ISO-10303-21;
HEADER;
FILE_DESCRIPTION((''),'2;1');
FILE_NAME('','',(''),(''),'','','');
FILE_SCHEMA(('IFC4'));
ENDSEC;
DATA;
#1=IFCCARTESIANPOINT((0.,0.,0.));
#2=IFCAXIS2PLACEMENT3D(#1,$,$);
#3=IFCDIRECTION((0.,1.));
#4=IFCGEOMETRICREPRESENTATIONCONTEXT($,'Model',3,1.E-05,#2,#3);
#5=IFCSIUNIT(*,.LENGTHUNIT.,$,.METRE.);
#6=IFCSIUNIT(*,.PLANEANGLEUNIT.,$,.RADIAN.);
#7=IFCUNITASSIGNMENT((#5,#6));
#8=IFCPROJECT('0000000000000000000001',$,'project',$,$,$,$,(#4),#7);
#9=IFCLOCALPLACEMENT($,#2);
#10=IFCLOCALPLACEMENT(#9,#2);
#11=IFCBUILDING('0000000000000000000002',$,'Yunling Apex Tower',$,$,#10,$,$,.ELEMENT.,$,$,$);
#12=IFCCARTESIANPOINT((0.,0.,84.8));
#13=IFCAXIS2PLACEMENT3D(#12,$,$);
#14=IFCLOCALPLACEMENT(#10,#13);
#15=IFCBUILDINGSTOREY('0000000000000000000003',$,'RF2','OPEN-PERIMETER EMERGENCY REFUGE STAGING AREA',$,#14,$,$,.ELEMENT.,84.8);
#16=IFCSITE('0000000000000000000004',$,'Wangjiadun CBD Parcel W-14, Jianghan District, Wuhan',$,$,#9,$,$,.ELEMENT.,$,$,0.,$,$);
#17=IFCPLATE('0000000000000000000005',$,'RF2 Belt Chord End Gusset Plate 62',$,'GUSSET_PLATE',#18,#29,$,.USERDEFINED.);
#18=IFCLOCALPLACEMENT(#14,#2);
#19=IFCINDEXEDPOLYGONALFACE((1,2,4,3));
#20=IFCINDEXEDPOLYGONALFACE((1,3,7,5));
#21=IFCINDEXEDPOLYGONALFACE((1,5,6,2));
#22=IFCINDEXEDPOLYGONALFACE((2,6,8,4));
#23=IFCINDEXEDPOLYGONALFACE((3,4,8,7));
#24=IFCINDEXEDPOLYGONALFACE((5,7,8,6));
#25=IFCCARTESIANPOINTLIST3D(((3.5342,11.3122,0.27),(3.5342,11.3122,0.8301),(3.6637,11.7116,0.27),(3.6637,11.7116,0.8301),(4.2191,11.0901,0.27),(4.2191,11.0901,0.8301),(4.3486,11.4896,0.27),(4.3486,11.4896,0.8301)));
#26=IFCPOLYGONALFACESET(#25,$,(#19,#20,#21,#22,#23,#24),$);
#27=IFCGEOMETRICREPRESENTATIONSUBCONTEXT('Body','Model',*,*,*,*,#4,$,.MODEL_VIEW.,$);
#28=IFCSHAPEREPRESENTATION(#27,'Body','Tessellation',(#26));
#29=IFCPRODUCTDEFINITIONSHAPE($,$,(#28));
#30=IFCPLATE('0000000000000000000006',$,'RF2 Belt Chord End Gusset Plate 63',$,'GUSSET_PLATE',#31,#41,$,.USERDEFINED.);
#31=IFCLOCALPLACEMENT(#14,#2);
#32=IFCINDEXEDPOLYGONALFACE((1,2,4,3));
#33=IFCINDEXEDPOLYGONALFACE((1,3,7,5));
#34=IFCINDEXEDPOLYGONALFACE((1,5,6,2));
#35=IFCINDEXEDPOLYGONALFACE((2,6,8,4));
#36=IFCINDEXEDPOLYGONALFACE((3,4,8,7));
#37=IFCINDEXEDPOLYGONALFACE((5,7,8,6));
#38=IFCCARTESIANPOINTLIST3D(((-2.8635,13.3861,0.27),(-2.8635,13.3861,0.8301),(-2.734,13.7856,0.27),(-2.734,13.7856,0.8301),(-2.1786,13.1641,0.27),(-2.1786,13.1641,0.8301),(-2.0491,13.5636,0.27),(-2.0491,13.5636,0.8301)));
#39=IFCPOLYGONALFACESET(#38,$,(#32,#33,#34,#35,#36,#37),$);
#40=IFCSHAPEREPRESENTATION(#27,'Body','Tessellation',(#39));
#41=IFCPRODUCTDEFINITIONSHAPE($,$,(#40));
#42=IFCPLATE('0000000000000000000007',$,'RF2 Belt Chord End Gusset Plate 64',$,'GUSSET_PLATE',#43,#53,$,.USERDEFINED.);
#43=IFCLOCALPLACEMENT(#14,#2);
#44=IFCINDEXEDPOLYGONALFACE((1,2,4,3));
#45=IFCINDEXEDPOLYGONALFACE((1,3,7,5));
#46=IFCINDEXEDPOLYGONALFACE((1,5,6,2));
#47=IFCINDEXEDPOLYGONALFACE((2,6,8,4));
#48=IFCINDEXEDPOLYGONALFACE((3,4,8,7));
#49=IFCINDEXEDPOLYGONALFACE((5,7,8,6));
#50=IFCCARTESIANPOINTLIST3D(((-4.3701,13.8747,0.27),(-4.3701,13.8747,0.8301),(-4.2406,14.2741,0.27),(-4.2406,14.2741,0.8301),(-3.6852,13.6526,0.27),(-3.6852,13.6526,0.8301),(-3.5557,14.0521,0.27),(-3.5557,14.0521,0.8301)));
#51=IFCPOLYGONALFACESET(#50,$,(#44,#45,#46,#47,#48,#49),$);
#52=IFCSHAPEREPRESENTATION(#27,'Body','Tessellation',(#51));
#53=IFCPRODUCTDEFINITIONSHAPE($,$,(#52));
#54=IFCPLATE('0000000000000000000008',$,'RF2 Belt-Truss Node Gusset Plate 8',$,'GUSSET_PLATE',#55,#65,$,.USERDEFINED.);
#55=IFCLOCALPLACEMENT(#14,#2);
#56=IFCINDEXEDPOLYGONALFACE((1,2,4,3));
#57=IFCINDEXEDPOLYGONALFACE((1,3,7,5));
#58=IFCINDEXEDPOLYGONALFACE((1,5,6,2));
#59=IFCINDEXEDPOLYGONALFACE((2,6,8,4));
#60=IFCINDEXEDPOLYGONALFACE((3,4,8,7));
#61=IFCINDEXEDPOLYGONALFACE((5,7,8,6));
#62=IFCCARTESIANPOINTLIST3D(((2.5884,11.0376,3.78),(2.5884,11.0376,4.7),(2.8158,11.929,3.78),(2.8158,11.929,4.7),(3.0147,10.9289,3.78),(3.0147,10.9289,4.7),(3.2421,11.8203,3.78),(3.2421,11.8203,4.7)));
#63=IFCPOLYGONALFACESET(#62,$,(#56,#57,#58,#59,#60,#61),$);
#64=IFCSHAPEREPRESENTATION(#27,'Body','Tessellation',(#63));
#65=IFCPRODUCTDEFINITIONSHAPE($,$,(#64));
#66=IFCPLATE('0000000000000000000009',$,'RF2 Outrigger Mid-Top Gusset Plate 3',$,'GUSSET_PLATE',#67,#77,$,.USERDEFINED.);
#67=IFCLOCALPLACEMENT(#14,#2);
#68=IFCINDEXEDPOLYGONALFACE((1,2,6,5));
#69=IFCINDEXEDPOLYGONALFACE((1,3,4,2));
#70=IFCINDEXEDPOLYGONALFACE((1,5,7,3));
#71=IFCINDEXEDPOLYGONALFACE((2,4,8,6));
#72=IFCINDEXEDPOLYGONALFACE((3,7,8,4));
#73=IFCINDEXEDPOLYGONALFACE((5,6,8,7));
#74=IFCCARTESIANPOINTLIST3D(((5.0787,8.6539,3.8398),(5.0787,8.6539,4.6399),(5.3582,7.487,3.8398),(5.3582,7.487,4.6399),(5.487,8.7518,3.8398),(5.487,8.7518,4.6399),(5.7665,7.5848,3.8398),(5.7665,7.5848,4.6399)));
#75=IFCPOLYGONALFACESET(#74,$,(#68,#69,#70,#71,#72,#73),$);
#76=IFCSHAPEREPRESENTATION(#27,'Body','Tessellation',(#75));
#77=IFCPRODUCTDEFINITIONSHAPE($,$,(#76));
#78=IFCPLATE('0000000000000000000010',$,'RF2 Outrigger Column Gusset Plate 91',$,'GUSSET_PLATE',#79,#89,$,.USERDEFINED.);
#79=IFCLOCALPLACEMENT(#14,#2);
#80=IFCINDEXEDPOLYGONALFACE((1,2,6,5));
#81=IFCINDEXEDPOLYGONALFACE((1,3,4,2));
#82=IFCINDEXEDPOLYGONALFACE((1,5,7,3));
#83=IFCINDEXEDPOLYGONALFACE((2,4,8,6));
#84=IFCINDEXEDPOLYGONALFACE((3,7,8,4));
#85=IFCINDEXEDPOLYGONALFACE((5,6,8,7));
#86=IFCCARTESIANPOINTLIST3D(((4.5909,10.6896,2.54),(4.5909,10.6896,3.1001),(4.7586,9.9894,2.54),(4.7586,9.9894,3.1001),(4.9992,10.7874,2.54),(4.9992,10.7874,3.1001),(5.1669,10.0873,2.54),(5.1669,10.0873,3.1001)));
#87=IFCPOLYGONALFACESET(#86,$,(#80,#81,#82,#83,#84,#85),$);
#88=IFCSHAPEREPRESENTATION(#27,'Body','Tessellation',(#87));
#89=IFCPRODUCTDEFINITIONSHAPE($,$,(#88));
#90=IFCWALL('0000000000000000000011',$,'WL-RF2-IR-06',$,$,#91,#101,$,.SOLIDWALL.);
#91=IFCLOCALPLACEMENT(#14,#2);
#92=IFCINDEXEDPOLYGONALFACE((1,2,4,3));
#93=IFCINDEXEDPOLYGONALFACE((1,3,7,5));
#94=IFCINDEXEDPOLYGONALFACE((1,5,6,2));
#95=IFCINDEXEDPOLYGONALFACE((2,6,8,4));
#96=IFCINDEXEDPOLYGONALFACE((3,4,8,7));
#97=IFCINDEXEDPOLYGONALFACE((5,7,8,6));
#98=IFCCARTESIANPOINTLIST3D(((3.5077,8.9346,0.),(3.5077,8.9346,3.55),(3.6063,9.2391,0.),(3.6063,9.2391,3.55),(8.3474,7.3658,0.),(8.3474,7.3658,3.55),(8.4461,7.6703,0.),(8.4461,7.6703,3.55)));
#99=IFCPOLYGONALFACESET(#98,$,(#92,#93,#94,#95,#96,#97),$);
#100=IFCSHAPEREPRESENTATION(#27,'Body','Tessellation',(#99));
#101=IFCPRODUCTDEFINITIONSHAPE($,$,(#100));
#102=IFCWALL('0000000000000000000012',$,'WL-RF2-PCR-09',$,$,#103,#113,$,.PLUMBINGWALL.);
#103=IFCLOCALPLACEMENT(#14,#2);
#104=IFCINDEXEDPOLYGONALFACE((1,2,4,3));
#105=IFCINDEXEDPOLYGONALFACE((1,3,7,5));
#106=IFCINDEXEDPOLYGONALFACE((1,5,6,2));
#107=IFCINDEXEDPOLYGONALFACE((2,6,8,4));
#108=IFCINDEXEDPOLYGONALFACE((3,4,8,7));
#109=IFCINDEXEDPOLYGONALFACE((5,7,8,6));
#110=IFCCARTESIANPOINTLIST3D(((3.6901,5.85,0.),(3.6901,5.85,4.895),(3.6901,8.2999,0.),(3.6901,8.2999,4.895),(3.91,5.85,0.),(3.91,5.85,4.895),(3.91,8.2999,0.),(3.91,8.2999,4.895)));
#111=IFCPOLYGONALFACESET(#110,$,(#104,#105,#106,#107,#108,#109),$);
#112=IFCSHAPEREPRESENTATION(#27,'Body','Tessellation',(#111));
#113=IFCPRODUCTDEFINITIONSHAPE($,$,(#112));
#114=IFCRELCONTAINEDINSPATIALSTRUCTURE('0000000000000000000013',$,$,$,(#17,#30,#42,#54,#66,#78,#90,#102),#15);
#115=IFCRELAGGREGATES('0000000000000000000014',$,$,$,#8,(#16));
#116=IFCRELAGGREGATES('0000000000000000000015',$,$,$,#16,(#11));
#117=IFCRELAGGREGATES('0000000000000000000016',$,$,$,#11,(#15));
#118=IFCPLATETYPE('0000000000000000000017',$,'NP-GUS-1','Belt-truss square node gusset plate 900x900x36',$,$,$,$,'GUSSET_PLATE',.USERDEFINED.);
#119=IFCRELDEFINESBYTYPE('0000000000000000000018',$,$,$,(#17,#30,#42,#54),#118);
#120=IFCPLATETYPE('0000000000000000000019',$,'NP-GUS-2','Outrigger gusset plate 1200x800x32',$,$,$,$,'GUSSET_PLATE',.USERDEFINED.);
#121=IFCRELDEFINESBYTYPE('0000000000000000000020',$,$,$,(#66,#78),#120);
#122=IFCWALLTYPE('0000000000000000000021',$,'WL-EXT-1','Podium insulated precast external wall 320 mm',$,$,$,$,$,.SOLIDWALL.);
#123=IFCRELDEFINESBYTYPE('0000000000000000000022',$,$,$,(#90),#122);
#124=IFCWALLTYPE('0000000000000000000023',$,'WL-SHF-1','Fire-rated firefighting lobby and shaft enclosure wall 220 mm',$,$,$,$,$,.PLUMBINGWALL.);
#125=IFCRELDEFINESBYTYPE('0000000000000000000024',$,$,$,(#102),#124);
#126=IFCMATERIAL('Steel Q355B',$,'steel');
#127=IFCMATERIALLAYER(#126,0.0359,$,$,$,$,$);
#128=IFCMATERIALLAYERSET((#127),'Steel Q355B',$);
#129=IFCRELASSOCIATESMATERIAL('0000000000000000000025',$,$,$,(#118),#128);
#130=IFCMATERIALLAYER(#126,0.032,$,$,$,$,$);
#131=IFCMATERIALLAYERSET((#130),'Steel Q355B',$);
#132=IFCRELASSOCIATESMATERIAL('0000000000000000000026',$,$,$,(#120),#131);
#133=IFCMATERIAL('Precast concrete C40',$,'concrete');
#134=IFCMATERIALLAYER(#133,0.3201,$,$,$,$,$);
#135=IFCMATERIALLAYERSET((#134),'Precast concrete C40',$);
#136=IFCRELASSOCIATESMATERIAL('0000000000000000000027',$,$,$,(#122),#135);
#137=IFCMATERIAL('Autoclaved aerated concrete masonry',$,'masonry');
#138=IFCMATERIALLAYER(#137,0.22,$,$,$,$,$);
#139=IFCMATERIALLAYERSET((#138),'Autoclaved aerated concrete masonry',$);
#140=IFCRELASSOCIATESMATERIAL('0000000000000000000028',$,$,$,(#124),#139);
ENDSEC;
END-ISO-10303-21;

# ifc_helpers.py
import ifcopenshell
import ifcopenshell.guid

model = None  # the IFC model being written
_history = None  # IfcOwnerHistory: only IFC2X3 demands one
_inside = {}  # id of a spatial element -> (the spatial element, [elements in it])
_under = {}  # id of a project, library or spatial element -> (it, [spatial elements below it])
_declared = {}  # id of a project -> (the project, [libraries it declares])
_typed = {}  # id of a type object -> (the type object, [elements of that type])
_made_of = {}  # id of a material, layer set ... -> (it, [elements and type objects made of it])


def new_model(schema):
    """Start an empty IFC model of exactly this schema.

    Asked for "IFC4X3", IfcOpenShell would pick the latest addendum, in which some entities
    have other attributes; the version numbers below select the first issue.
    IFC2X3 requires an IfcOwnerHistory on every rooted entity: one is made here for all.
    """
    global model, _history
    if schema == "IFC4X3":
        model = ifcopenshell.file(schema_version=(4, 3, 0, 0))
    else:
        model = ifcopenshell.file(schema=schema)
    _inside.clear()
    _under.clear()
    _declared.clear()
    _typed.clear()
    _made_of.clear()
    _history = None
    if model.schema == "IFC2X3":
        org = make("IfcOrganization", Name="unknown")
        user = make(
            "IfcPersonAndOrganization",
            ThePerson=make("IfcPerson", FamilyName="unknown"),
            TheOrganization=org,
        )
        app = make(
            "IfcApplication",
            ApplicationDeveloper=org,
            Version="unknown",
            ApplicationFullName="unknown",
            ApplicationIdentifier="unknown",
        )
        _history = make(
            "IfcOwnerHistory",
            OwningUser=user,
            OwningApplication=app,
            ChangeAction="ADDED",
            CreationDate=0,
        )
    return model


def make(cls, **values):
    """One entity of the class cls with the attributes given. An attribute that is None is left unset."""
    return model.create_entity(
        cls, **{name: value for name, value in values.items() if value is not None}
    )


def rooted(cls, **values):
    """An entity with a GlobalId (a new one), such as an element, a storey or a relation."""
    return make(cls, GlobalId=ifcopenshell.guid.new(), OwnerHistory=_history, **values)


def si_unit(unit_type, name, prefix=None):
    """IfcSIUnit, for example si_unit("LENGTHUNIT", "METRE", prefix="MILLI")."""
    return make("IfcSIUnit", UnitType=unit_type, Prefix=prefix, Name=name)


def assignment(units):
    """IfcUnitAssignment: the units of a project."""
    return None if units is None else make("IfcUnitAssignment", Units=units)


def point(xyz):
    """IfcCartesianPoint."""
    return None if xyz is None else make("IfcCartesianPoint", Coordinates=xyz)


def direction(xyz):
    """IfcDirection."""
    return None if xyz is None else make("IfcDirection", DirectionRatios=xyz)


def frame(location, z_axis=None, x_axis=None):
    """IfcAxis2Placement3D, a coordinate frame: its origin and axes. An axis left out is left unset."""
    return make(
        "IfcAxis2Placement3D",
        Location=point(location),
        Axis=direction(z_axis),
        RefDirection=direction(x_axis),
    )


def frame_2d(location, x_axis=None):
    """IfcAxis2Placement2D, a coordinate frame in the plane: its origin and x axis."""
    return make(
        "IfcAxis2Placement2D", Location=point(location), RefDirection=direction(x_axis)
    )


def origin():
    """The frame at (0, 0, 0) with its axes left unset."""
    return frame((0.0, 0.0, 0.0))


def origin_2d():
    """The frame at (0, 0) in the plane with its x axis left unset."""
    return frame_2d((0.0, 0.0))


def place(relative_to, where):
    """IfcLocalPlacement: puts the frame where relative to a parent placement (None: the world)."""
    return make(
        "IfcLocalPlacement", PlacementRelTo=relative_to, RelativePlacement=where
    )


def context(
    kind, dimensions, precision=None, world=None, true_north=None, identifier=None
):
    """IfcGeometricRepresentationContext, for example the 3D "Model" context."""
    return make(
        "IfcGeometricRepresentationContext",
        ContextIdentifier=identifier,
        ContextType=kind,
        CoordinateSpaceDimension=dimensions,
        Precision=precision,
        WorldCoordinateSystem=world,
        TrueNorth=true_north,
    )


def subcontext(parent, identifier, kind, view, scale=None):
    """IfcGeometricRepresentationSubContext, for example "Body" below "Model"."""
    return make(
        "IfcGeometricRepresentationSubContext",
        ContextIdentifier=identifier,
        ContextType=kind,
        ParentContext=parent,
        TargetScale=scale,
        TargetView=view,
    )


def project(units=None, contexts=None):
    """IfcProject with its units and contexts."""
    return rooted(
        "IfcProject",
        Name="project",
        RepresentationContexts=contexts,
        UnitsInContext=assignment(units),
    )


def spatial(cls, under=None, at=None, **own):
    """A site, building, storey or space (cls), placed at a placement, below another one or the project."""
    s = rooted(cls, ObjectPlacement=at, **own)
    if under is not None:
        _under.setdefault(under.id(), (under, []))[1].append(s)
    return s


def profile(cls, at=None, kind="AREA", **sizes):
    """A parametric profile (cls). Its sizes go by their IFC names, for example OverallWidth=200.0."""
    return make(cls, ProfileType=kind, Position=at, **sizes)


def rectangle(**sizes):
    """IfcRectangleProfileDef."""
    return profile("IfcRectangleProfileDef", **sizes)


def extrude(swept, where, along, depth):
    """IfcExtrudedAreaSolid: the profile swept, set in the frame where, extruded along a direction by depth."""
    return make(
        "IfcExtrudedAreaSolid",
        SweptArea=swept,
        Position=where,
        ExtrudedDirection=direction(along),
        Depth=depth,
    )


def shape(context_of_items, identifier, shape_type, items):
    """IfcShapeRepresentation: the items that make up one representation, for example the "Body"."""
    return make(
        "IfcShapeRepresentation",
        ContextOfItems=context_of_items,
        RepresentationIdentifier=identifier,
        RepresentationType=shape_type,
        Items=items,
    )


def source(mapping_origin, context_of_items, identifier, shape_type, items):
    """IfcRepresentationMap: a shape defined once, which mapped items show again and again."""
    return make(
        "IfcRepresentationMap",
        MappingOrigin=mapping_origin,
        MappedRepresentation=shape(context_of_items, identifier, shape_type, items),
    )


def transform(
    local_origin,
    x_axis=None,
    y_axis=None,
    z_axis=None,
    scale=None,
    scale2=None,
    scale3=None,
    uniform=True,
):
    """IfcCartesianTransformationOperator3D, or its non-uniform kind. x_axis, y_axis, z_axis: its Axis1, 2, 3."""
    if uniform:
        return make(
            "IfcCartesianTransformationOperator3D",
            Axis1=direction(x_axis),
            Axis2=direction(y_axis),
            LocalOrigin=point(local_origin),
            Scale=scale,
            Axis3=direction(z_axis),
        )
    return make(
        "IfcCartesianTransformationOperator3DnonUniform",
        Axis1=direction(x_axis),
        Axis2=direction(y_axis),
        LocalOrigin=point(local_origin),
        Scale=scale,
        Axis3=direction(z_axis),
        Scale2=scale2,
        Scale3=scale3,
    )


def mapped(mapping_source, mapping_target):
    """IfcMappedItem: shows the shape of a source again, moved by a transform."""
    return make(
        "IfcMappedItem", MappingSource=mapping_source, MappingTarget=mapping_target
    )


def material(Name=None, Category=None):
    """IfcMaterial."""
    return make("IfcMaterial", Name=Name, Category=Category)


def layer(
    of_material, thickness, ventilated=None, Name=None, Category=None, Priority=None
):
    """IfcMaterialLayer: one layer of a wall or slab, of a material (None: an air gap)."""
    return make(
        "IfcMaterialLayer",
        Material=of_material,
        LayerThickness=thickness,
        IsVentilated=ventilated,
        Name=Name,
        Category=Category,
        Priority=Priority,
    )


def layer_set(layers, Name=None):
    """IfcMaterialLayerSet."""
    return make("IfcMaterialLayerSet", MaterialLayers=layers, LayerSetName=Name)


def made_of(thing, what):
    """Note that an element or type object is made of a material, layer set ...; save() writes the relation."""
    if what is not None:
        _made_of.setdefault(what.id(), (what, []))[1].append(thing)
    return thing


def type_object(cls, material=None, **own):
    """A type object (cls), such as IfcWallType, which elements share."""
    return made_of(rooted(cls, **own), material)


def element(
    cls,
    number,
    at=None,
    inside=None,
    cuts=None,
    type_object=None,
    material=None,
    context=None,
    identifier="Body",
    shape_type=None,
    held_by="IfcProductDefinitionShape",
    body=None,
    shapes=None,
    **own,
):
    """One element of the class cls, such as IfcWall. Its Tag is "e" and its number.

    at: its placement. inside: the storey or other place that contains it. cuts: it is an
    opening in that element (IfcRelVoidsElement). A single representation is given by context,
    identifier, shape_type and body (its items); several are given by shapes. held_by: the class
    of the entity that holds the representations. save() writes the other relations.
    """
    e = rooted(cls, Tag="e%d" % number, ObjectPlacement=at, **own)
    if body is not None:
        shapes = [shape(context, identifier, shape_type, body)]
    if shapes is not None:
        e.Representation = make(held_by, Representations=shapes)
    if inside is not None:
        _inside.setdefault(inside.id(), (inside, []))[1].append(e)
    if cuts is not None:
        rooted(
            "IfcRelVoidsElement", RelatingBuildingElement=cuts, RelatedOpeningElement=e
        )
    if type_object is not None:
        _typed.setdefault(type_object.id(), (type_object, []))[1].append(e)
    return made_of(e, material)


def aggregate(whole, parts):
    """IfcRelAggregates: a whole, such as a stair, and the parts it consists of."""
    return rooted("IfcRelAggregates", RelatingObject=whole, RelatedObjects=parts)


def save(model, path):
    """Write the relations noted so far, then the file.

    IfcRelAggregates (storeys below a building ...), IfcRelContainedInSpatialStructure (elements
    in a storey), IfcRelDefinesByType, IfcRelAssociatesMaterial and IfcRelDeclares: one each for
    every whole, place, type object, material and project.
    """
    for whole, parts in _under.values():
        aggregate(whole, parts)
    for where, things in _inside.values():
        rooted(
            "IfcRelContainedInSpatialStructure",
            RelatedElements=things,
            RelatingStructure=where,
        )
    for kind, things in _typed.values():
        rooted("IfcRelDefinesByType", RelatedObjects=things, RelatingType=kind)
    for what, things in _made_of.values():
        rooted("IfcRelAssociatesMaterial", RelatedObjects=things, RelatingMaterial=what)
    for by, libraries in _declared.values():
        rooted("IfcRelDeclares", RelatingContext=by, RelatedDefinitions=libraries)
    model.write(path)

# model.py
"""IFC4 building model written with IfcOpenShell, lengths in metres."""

from ifc_helpers import new_model, si_unit, direction, frame, frame_2d, origin, origin_2d, place, context, subcontext, project, spatial, rectangle, extrude, source, transform, mapped, material, layer, layer_set, type_object, element, save


model = new_model("IFC4")

# Units and contexts
model_context = context("Model", 3, precision=1e-05, world=origin(), true_north=direction((0.0, 1.0)))
body_context = subcontext(model_context, "Body", "Model", "MODEL_VIEW")
ifc_project = project(units=[si_unit("LENGTHUNIT", "METRE"), si_unit("PLANEANGLEUNIT", "RADIAN")], contexts=[model_context])

# Site, building, storey
site_placement = place(None, origin())
site = spatial("IfcSite", under=ifc_project, at=site_placement, Name="Wangjiadun CBD Parcel W-14, Jianghan District, Wuhan", CompositionType="ELEMENT", RefElevation=0.0)
building_placement = place(site_placement, origin())
building = spatial("IfcBuilding", under=site, at=building_placement, Name="Yunling Apex Tower", CompositionType="ELEMENT")
storey_placement = place(building_placement, frame((0.0, 0.0, 84.8)))
storey = spatial("IfcBuildingStorey", under=building, at=storey_placement, Name="RF2", Description="OPEN-PERIMETER EMERGENCY REFUGE STAGING AREA", CompositionType="ELEMENT", Elevation=84.8)

# Shared definitions
ifc_material_1 = material(Name="Steel Q355B", Category="steel")

# Plates
ifc_layer_1 = layer(ifc_material_1, 0.0359)
ifc_layer_set_1 = layer_set([ifc_layer_1], Name="Steel Q355B")
plate_type_1 = type_object("IfcPlateType", Name="NP-GUS-1", Description="Belt-truss square node gusset plate 900x900x36", ElementType="GUSSET_PLATE", PredefinedType="USERDEFINED", material=ifc_layer_set_1)
shared_shape_1 = source(origin(), body_context, "Body", "SweptSolid", [
    extrude(rectangle(XDim=0.72, YDim=0.4199, at=origin_2d()), origin(), (0.0, 0.0, 1.0), 0.5601),
])
for number, where, z_axis, x_axis, name in (
    (1, (3.9414, 11.4009, 0.27), (0.0, 0.0, 1.0), (-0.951272, 0.308353, 0.0), "RF2 Belt Chord End Gusset Plate 62"),
    (2, (-2.4563, 13.4749, 0.27), (0.0, 0.0, 1.0), (-0.951272, 0.308353, 0.0), "RF2 Belt Chord End Gusset Plate 63"),
    (3, (-3.9629, 13.9634, 0.27), (0.0, 0.0, 1.0), (-0.951272, 0.308353, 0.0), "RF2 Belt Chord End Gusset Plate 64"),
):
    element("IfcPlate", number, at=place(storey_placement, frame(where, z_axis=z_axis, x_axis=x_axis)), inside=storey, type_object=plate_type_1, Name=name, ObjectType="GUSSET_PLATE", PredefinedType="USERDEFINED", context=body_context, shape_type="MappedRepresentation", body=[
        mapped(shared_shape_1, transform((0.0, 0.0, 0.0), scale=1.0)),
    ])
shared_shape_2 = source(origin(), body_context, "Body", "SweptSolid", [
    extrude(rectangle(XDim=0.9199, YDim=0.4399, at=origin_2d()), origin(), (0.0, 0.0, 1.0), 0.9199),
])
plate_1_placement = place(storey_placement, frame((2.9153, 11.429, 3.78), z_axis=(0.0, 0.0, 1.0), x_axis=(0.247168, 0.968973, 0.0)))
element("IfcPlate", 4, at=plate_1_placement, inside=storey, type_object=plate_type_1, Name="RF2 Belt-Truss Node Gusset Plate 8", ObjectType="GUSSET_PLATE", PredefinedType="USERDEFINED", context=body_context, shape_type="MappedRepresentation", body=[
    mapped(shared_shape_2, transform((0.0, 0.0, 0.0), scale=1.0)),
])
ifc_layer_2 = layer(ifc_material_1, 0.032)
ifc_layer_set_2 = layer_set([ifc_layer_2], Name="Steel Q355B")
plate_type_2 = type_object("IfcPlateType", Name="NP-GUS-2", Description="Outrigger gusset plate 1200x800x32", ElementType="GUSSET_PLATE", PredefinedType="USERDEFINED", material=ifc_layer_set_2)
shared_shape_3 = source(origin(), body_context, "Body", "SweptSolid", [
    extrude(rectangle(XDim=1.2, YDim=0.4199, at=origin_2d()), origin(), (0.0, 0.0, 1.0), 0.8),
])
plate_2_placement = place(storey_placement, frame((5.4226, 8.1194, 3.8398), z_axis=(0.0, 0.0, 1.0), x_axis=(-0.232936, 0.972492, 0.0)))
element("IfcPlate", 5, at=plate_2_placement, inside=storey, type_object=plate_type_2, Name="RF2 Outrigger Mid-Top Gusset Plate 3", ObjectType="GUSSET_PLATE", PredefinedType="USERDEFINED", context=body_context, shape_type="MappedRepresentation", body=[
    mapped(shared_shape_3, transform((0.0, 0.0, 0.0), scale=1.0)),
])
shared_shape_4 = source(origin(), body_context, "Body", "SweptSolid", [
    extrude(rectangle(XDim=0.72, YDim=0.4199, at=origin_2d()), origin(), (0.0, 0.0, 1.0), 0.5601),
])
plate_3_placement = place(storey_placement, frame((4.8789, 10.3884, 2.54), z_axis=(0.0, 0.0, 1.0), x_axis=(-0.232936, 0.972492, 0.0)))
element("IfcPlate", 6, at=plate_3_placement, inside=storey, type_object=plate_type_2, Name="RF2 Outrigger Column Gusset Plate 91", ObjectType="GUSSET_PLATE", PredefinedType="USERDEFINED", context=body_context, shape_type="MappedRepresentation", body=[
    mapped(shared_shape_4, transform((0.0, 0.0, 0.0), scale=1.0)),
])

# Walls
ifc_material_2 = material(Name="Precast concrete C40", Category="concrete")
ifc_layer_3 = layer(ifc_material_2, 0.3201)
ifc_layer_set_3 = layer_set([ifc_layer_3], Name="Precast concrete C40")
wall_type_1 = type_object("IfcWallType", Name="WL-EXT-1", Description="Podium insulated precast external wall 320 mm", PredefinedType="SOLIDWALL", material=ifc_layer_set_3)
wall_1_placement = place(storey_placement, frame((3.5569, 9.0869, 0.0), z_axis=(0.0, 0.0, 1.0), x_axis=(0.951271, -0.308357, 0.0)))
element("IfcWall", 7, at=wall_1_placement, inside=storey, type_object=wall_type_1, Name="WL-RF2-IR-06", PredefinedType="SOLIDWALL", context=body_context, shape_type="SweptSolid", body=[
    extrude(rectangle(XDim=5.0876, YDim=0.3201, at=frame_2d((2.5439, 0.0))), origin(), (0.0, 0.0, 1.0), 3.55),
])
ifc_material_3 = material(Name="Autoclaved aerated concrete masonry", Category="masonry")
ifc_layer_4 = layer(ifc_material_3, 0.22)
ifc_layer_set_4 = layer_set([ifc_layer_4], Name="Autoclaved aerated concrete masonry")
wall_type_2 = type_object("IfcWallType", Name="WL-SHF-1", Description="Fire-rated firefighting lobby and shaft enclosure wall 220 mm", PredefinedType="PLUMBINGWALL", material=ifc_layer_set_4)
wall_2_placement = place(storey_placement, frame((3.8, 8.3, 0.0), z_axis=(0.0, 0.0, 1.0), x_axis=(0.0, -1.0, 0.0)))
element("IfcWall", 8, at=wall_2_placement, inside=storey, type_object=wall_type_2, Name="WL-RF2-PCR-09", PredefinedType="PLUMBINGWALL", context=body_context, shape_type="SweptSolid", body=[
    extrude(rectangle(XDim=2.45, YDim=0.22, at=frame_2d((1.2251, 0.0))), origin(), (0.0, 0.0, 1.0), 4.895),
])

save(model, "model.ifc")
